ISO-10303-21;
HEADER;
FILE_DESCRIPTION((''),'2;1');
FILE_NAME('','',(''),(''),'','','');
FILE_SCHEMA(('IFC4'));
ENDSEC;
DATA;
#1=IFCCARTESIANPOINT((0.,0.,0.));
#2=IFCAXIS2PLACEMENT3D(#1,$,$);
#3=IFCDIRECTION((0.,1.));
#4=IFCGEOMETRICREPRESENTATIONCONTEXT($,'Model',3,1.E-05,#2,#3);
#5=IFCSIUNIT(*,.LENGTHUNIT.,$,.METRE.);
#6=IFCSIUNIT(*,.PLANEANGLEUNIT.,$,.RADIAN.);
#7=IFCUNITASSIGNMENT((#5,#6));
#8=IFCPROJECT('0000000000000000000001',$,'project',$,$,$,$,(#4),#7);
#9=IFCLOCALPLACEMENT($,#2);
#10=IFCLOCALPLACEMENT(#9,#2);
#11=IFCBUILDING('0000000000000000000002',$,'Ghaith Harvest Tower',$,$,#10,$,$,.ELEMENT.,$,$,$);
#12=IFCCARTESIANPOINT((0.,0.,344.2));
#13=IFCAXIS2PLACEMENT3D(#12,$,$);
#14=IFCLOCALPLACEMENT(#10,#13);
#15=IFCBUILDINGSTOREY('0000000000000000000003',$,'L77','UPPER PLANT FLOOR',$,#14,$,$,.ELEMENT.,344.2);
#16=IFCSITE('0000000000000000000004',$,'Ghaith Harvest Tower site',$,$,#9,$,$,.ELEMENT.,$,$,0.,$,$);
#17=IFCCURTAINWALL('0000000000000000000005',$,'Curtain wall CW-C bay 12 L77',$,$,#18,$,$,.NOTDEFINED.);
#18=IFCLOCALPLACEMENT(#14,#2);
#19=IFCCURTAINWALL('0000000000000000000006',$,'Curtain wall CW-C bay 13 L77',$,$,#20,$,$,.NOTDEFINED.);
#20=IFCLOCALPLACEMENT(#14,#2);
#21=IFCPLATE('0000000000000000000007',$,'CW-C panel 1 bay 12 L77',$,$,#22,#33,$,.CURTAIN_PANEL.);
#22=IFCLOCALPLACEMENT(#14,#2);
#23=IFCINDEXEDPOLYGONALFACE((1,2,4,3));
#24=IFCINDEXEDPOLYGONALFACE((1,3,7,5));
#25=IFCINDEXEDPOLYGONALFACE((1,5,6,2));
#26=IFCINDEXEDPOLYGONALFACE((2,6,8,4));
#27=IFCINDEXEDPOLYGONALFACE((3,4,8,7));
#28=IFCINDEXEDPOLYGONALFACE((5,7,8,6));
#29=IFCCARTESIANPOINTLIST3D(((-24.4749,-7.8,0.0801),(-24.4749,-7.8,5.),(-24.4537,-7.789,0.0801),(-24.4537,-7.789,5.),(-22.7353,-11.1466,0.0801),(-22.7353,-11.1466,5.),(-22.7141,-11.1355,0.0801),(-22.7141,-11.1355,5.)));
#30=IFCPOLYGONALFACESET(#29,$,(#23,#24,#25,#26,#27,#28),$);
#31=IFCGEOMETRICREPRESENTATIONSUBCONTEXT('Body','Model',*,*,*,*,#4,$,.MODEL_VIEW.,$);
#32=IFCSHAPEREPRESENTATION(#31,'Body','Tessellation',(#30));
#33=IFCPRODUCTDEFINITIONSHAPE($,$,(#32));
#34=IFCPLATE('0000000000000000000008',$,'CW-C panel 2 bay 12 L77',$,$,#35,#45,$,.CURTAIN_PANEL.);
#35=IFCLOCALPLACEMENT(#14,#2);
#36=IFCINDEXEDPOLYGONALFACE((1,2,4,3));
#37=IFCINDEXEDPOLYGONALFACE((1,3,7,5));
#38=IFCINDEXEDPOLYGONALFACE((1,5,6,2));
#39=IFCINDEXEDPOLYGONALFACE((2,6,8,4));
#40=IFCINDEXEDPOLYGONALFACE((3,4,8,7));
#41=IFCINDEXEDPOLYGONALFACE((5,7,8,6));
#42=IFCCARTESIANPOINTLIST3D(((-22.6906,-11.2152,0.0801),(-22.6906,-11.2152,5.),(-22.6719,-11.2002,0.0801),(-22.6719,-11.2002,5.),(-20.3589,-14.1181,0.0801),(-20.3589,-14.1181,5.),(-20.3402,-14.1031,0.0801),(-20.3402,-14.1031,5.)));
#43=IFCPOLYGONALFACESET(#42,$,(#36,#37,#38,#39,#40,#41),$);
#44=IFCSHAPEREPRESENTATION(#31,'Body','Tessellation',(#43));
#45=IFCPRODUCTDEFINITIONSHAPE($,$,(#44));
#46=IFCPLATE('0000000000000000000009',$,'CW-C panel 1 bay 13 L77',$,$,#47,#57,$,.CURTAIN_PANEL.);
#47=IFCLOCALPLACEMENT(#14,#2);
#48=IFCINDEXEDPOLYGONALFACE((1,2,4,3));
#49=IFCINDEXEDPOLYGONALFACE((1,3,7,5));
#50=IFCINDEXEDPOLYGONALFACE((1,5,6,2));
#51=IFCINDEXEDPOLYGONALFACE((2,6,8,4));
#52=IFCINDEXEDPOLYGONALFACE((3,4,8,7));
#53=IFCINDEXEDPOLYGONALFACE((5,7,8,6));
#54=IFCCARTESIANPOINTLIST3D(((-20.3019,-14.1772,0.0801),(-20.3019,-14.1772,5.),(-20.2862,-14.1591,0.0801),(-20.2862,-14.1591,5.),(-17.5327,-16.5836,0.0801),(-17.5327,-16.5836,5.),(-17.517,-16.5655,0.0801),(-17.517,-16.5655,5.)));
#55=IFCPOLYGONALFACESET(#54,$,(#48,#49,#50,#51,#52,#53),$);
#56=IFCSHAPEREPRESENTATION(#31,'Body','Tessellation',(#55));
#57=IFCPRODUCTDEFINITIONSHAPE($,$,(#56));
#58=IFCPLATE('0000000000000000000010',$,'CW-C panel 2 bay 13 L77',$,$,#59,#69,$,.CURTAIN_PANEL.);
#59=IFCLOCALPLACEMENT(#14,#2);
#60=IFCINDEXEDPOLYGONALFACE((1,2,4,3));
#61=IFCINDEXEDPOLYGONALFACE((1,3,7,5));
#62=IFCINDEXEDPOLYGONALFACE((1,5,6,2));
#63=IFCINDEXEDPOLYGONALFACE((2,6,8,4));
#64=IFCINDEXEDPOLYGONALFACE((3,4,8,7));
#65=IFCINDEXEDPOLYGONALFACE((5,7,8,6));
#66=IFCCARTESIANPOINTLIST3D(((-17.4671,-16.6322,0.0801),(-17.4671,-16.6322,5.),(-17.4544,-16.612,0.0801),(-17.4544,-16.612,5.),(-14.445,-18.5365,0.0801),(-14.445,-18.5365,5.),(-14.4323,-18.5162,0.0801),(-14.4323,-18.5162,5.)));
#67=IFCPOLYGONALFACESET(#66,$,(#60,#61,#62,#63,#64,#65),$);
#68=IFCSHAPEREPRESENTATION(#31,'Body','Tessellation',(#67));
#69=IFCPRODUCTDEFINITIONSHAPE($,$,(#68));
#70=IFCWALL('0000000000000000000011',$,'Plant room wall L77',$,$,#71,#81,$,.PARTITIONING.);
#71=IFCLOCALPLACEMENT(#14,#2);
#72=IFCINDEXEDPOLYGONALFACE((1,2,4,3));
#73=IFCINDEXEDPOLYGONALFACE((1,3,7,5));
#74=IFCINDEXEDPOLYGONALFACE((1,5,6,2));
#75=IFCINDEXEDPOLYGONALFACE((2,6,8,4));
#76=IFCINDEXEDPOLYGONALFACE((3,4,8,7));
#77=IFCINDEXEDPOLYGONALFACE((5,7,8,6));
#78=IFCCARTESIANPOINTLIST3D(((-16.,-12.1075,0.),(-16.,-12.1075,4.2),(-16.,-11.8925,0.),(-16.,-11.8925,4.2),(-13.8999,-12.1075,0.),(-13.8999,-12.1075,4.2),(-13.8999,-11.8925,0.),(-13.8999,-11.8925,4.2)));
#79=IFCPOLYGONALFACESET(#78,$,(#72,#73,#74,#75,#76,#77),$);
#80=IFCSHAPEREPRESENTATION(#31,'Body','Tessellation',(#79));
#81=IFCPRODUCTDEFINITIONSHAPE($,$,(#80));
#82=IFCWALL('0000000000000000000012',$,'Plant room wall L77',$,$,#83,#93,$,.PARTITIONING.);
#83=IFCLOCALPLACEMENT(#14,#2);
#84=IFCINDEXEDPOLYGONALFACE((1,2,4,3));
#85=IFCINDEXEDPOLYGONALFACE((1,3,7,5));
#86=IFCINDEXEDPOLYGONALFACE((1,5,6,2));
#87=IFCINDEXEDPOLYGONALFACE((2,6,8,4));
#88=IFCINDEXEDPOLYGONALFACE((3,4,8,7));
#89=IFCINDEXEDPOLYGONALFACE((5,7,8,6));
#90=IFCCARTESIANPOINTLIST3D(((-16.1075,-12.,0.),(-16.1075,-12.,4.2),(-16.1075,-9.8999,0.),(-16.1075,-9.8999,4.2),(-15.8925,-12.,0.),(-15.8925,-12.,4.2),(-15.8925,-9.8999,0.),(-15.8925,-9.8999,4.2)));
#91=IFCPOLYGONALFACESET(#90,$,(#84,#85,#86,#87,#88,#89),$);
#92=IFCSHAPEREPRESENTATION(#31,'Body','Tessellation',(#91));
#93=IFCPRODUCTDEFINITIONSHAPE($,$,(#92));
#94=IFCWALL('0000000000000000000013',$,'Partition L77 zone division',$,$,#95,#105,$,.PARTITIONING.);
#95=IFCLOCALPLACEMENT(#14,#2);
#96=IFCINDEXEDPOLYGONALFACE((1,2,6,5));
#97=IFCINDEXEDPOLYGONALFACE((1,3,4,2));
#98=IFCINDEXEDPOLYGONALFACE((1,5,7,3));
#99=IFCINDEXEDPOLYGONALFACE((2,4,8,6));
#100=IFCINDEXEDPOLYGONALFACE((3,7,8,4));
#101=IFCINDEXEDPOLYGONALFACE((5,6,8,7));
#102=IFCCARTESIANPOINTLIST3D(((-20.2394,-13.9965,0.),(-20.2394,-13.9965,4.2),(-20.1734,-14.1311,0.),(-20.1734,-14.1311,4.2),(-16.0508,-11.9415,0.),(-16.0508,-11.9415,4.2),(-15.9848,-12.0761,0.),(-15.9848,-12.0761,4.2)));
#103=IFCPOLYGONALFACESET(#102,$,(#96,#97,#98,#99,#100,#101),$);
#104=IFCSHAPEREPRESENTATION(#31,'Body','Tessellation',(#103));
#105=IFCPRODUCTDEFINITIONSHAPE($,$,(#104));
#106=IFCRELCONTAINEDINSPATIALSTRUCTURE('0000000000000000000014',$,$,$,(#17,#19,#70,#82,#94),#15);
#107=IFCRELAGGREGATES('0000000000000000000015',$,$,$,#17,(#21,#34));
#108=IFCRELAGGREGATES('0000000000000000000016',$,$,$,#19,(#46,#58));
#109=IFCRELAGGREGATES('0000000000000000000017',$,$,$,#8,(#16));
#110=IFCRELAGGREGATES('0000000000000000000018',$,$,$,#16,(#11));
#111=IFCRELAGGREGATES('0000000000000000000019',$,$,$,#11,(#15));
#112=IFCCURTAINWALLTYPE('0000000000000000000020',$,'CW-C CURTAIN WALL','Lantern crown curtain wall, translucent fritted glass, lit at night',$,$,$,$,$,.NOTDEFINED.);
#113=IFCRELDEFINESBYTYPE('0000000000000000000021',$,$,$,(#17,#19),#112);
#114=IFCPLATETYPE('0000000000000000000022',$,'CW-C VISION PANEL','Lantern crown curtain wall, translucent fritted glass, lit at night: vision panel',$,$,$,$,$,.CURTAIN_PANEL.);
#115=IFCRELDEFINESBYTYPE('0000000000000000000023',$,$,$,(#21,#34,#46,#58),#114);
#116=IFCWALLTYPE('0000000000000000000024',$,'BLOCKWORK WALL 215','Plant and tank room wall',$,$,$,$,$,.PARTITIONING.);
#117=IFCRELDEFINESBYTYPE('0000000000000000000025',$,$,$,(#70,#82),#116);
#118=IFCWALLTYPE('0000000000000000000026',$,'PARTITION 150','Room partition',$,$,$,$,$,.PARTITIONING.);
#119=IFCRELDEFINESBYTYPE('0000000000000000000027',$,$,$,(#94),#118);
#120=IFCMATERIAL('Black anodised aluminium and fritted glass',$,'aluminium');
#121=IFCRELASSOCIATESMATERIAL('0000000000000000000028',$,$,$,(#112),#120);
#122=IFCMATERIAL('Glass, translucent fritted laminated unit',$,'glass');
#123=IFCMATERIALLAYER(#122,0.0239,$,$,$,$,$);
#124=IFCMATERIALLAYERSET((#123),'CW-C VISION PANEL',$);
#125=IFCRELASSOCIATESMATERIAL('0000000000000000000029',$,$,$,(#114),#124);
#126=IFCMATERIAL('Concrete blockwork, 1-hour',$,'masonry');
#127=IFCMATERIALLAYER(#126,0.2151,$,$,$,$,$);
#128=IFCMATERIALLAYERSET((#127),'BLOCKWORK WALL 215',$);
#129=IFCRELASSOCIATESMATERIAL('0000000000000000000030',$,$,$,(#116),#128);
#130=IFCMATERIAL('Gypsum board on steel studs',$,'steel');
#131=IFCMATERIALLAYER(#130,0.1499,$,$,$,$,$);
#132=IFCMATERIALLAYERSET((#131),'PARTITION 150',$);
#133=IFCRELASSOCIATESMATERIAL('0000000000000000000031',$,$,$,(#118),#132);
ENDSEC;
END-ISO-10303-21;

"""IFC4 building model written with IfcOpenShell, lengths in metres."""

from ifc_helpers import new_model, si_unit, direction, frame, frame_2d, origin, origin_2d, place, context, subcontext, project, spatial, rectangle, extrude, material, layer, layer_set, type_object, element, aggregate, save


model = new_model("IFC4")

# Units and contexts
model_context = context("Model", 3, precision=1e-05, world=origin(), true_north=direction((0.0, 1.0)))
body_context = subcontext(model_context, "Body", "Model", "MODEL_VIEW")
ifc_project = project(units=[si_unit("LENGTHUNIT", "METRE"), si_unit("PLANEANGLEUNIT", "RADIAN")], contexts=[model_context])

# Site, building, storey
site_placement = place(None, origin())
site = spatial("IfcSite", under=ifc_project, at=site_placement, Name="Ghaith Harvest Tower site", CompositionType="ELEMENT", RefElevation=0.0)
building_placement = place(site_placement, origin())
building = spatial("IfcBuilding", under=site, at=building_placement, Name="Ghaith Harvest Tower", CompositionType="ELEMENT")
storey_placement = place(building_placement, frame((0.0, 0.0, 344.2)))
storey = spatial("IfcBuildingStorey", under=building, at=storey_placement, Name="L77", Description="UPPER PLANT FLOOR", CompositionType="ELEMENT", Elevation=344.2)

# Curtain wall
ifc_material_1 = material(Name="Black anodised aluminium and fritted glass", Category="aluminium")
curtain_wall_type = type_object("IfcCurtainWallType", Name="CW-C CURTAIN WALL", Description="Lantern crown curtain wall, translucent fritted glass, lit at night", PredefinedType="NOTDEFINED", material=ifc_material_1)
curtain_wall_1_placement = place(storey_placement, origin())
curtain_wall_1 = element("IfcCurtainWall", 1, at=curtain_wall_1_placement, inside=storey, type_object=curtain_wall_type, Name="Curtain wall CW-C bay 12 L77", PredefinedType="NOTDEFINED")

# Curtain wall
curtain_wall_2_placement = place(storey_placement, origin())
curtain_wall_2 = element("IfcCurtainWall", 2, at=curtain_wall_2_placement, inside=storey, type_object=curtain_wall_type, Name="Curtain wall CW-C bay 13 L77", PredefinedType="NOTDEFINED")

# Plates
ifc_material_2 = material(Name="Glass, translucent fritted laminated unit", Category="glass")
ifc_layer_1 = layer(ifc_material_2, 0.0239)
ifc_layer_set_1 = layer_set([ifc_layer_1], Name="CW-C VISION PANEL")
plate_type = type_object("IfcPlateType", Name="CW-C VISION PANEL", Description="Lantern crown curtain wall, translucent fritted glass, lit at night: vision panel", PredefinedType="CURTAIN_PANEL", material=ifc_layer_set_1)
plate_1_placement = place(storey_placement, frame((-23.5945, -9.4678, 0.0801), z_axis=(0.0, 0.0, 1.0), x_axis=(0.46123, -0.887281, 0.0)))
plate_1 = element("IfcPlate", 3, at=plate_1_placement, type_object=plate_type, Name="CW-C panel 1 bay 12 L77", PredefinedType="CURTAIN_PANEL", context=body_context, shape_type="SweptSolid", body=[
    extrude(rectangle(XDim=3.7717, YDim=0.0239, at=origin_2d()), origin(), (0.0, 0.0, 1.0), 4.9199),
])
plate_2_placement = place(storey_placement, frame((-21.5154, -12.6592, 0.0801), z_axis=(0.0, 0.0, 1.0), x_axis=(0.62623, -0.779639, 0.0)))
plate_2 = element("IfcPlate", 4, at=plate_2_placement, type_object=plate_type, Name="CW-C panel 2 bay 12 L77", PredefinedType="CURTAIN_PANEL", context=body_context, shape_type="SweptSolid", body=[
    extrude(rectangle(XDim=3.7234, YDim=0.0239, at=origin_2d()), origin(), (0.0, 0.0, 1.0), 4.9199),
])
aggregate(curtain_wall_1, [plate_1, plate_2])
plate_3_placement = place(storey_placement, frame((-18.9094, -15.3713, 0.0801), z_axis=(0.0, 0.0, 1.0), x_axis=(0.754829, -0.655922, 0.0)))
plate_3 = element("IfcPlate", 5, at=plate_3_placement, type_object=plate_type, Name="CW-C panel 1 bay 13 L77", PredefinedType="CURTAIN_PANEL", context=body_context, shape_type="SweptSolid", body=[
    extrude(rectangle(XDim=3.6687, YDim=0.0239, at=origin_2d()), origin(), (0.0, 0.0, 1.0), 4.9199),
])
plate_4_placement = place(storey_placement, frame((-15.9497, -17.5742, 0.0801), z_axis=(0.0, 0.0, 1.0), x_axis=(0.846043, -0.533114, 0.0)))
plate_4 = element("IfcPlate", 6, at=plate_4_placement, type_object=plate_type, Name="CW-C panel 2 bay 13 L77", PredefinedType="CURTAIN_PANEL", context=body_context, shape_type="SweptSolid", body=[
    extrude(rectangle(XDim=3.572, YDim=0.0239, at=origin_2d()), origin(), (0.0, 0.0, 1.0), 4.9199),
])
aggregate(curtain_wall_2, [plate_3, plate_4])

# Wall
ifc_material_3 = material(Name="Concrete blockwork, 1-hour", Category="masonry")
ifc_layer_2 = layer(ifc_material_3, 0.2151)
ifc_layer_set_2 = layer_set([ifc_layer_2], Name="BLOCKWORK WALL 215")
wall_type_1 = type_object("IfcWallType", Name="BLOCKWORK WALL 215", Description="Plant and tank room wall", PredefinedType="PARTITIONING", material=ifc_layer_set_2)
wall_1_placement = place(storey_placement, frame((-16.0, -12.0, 0.0), z_axis=(0.0, 0.0, 1.0), x_axis=(1.0, 0.0, 0.0)))
element("IfcWall", 7, at=wall_1_placement, inside=storey, type_object=wall_type_1, Name="Plant room wall L77", PredefinedType="PARTITIONING", context=body_context, shape_type="SweptSolid", body=[
    extrude(rectangle(XDim=2.1001, YDim=0.2151, at=frame_2d((1.05, 0.0))), origin(), (0.0, 0.0, 1.0), 4.2),
])

# Walls
wall_2_placement = place(storey_placement, frame((-16.0, -9.8999, 0.0), z_axis=(0.0, 0.0, 1.0), x_axis=(0.0, -1.0, 0.0)))
element("IfcWall", 8, at=wall_2_placement, inside=storey, type_object=wall_type_1, Name="Plant room wall L77", PredefinedType="PARTITIONING", context=body_context, shape_type="SweptSolid", body=[
    extrude(rectangle(XDim=2.1001, YDim=0.2151, at=frame_2d((1.05, 0.0))), origin(), (0.0, 0.0, 1.0), 4.2),
])
ifc_material_4 = material(Name="Gypsum board on steel studs", Category="steel")
ifc_layer_3 = layer(ifc_material_4, 0.1499)
ifc_layer_set_3 = layer_set([ifc_layer_3], Name="PARTITION 150")
wall_type_2 = type_object("IfcWallType", Name="PARTITION 150", Description="Room partition", PredefinedType="PARTITIONING", material=ifc_layer_set_3)
wall_3_placement = place(storey_placement, frame((-16.0178, -12.0088, 0.0), z_axis=(0.0, 0.0, 1.0), x_axis=(-0.897772, -0.440461, 0.0)))
element("IfcWall", 9, at=wall_3_placement, inside=storey, type_object=wall_type_2, Name="Partition L77 zone division", PredefinedType="PARTITIONING", context=body_context, shape_type="SweptSolid", body=[
    extrude(rectangle(XDim=4.6655, YDim=0.1499, at=frame_2d((2.3328, 0.0))), origin(), (0.0, 0.0, 1.0), 4.2),
])

save(model, "model.ifc")
